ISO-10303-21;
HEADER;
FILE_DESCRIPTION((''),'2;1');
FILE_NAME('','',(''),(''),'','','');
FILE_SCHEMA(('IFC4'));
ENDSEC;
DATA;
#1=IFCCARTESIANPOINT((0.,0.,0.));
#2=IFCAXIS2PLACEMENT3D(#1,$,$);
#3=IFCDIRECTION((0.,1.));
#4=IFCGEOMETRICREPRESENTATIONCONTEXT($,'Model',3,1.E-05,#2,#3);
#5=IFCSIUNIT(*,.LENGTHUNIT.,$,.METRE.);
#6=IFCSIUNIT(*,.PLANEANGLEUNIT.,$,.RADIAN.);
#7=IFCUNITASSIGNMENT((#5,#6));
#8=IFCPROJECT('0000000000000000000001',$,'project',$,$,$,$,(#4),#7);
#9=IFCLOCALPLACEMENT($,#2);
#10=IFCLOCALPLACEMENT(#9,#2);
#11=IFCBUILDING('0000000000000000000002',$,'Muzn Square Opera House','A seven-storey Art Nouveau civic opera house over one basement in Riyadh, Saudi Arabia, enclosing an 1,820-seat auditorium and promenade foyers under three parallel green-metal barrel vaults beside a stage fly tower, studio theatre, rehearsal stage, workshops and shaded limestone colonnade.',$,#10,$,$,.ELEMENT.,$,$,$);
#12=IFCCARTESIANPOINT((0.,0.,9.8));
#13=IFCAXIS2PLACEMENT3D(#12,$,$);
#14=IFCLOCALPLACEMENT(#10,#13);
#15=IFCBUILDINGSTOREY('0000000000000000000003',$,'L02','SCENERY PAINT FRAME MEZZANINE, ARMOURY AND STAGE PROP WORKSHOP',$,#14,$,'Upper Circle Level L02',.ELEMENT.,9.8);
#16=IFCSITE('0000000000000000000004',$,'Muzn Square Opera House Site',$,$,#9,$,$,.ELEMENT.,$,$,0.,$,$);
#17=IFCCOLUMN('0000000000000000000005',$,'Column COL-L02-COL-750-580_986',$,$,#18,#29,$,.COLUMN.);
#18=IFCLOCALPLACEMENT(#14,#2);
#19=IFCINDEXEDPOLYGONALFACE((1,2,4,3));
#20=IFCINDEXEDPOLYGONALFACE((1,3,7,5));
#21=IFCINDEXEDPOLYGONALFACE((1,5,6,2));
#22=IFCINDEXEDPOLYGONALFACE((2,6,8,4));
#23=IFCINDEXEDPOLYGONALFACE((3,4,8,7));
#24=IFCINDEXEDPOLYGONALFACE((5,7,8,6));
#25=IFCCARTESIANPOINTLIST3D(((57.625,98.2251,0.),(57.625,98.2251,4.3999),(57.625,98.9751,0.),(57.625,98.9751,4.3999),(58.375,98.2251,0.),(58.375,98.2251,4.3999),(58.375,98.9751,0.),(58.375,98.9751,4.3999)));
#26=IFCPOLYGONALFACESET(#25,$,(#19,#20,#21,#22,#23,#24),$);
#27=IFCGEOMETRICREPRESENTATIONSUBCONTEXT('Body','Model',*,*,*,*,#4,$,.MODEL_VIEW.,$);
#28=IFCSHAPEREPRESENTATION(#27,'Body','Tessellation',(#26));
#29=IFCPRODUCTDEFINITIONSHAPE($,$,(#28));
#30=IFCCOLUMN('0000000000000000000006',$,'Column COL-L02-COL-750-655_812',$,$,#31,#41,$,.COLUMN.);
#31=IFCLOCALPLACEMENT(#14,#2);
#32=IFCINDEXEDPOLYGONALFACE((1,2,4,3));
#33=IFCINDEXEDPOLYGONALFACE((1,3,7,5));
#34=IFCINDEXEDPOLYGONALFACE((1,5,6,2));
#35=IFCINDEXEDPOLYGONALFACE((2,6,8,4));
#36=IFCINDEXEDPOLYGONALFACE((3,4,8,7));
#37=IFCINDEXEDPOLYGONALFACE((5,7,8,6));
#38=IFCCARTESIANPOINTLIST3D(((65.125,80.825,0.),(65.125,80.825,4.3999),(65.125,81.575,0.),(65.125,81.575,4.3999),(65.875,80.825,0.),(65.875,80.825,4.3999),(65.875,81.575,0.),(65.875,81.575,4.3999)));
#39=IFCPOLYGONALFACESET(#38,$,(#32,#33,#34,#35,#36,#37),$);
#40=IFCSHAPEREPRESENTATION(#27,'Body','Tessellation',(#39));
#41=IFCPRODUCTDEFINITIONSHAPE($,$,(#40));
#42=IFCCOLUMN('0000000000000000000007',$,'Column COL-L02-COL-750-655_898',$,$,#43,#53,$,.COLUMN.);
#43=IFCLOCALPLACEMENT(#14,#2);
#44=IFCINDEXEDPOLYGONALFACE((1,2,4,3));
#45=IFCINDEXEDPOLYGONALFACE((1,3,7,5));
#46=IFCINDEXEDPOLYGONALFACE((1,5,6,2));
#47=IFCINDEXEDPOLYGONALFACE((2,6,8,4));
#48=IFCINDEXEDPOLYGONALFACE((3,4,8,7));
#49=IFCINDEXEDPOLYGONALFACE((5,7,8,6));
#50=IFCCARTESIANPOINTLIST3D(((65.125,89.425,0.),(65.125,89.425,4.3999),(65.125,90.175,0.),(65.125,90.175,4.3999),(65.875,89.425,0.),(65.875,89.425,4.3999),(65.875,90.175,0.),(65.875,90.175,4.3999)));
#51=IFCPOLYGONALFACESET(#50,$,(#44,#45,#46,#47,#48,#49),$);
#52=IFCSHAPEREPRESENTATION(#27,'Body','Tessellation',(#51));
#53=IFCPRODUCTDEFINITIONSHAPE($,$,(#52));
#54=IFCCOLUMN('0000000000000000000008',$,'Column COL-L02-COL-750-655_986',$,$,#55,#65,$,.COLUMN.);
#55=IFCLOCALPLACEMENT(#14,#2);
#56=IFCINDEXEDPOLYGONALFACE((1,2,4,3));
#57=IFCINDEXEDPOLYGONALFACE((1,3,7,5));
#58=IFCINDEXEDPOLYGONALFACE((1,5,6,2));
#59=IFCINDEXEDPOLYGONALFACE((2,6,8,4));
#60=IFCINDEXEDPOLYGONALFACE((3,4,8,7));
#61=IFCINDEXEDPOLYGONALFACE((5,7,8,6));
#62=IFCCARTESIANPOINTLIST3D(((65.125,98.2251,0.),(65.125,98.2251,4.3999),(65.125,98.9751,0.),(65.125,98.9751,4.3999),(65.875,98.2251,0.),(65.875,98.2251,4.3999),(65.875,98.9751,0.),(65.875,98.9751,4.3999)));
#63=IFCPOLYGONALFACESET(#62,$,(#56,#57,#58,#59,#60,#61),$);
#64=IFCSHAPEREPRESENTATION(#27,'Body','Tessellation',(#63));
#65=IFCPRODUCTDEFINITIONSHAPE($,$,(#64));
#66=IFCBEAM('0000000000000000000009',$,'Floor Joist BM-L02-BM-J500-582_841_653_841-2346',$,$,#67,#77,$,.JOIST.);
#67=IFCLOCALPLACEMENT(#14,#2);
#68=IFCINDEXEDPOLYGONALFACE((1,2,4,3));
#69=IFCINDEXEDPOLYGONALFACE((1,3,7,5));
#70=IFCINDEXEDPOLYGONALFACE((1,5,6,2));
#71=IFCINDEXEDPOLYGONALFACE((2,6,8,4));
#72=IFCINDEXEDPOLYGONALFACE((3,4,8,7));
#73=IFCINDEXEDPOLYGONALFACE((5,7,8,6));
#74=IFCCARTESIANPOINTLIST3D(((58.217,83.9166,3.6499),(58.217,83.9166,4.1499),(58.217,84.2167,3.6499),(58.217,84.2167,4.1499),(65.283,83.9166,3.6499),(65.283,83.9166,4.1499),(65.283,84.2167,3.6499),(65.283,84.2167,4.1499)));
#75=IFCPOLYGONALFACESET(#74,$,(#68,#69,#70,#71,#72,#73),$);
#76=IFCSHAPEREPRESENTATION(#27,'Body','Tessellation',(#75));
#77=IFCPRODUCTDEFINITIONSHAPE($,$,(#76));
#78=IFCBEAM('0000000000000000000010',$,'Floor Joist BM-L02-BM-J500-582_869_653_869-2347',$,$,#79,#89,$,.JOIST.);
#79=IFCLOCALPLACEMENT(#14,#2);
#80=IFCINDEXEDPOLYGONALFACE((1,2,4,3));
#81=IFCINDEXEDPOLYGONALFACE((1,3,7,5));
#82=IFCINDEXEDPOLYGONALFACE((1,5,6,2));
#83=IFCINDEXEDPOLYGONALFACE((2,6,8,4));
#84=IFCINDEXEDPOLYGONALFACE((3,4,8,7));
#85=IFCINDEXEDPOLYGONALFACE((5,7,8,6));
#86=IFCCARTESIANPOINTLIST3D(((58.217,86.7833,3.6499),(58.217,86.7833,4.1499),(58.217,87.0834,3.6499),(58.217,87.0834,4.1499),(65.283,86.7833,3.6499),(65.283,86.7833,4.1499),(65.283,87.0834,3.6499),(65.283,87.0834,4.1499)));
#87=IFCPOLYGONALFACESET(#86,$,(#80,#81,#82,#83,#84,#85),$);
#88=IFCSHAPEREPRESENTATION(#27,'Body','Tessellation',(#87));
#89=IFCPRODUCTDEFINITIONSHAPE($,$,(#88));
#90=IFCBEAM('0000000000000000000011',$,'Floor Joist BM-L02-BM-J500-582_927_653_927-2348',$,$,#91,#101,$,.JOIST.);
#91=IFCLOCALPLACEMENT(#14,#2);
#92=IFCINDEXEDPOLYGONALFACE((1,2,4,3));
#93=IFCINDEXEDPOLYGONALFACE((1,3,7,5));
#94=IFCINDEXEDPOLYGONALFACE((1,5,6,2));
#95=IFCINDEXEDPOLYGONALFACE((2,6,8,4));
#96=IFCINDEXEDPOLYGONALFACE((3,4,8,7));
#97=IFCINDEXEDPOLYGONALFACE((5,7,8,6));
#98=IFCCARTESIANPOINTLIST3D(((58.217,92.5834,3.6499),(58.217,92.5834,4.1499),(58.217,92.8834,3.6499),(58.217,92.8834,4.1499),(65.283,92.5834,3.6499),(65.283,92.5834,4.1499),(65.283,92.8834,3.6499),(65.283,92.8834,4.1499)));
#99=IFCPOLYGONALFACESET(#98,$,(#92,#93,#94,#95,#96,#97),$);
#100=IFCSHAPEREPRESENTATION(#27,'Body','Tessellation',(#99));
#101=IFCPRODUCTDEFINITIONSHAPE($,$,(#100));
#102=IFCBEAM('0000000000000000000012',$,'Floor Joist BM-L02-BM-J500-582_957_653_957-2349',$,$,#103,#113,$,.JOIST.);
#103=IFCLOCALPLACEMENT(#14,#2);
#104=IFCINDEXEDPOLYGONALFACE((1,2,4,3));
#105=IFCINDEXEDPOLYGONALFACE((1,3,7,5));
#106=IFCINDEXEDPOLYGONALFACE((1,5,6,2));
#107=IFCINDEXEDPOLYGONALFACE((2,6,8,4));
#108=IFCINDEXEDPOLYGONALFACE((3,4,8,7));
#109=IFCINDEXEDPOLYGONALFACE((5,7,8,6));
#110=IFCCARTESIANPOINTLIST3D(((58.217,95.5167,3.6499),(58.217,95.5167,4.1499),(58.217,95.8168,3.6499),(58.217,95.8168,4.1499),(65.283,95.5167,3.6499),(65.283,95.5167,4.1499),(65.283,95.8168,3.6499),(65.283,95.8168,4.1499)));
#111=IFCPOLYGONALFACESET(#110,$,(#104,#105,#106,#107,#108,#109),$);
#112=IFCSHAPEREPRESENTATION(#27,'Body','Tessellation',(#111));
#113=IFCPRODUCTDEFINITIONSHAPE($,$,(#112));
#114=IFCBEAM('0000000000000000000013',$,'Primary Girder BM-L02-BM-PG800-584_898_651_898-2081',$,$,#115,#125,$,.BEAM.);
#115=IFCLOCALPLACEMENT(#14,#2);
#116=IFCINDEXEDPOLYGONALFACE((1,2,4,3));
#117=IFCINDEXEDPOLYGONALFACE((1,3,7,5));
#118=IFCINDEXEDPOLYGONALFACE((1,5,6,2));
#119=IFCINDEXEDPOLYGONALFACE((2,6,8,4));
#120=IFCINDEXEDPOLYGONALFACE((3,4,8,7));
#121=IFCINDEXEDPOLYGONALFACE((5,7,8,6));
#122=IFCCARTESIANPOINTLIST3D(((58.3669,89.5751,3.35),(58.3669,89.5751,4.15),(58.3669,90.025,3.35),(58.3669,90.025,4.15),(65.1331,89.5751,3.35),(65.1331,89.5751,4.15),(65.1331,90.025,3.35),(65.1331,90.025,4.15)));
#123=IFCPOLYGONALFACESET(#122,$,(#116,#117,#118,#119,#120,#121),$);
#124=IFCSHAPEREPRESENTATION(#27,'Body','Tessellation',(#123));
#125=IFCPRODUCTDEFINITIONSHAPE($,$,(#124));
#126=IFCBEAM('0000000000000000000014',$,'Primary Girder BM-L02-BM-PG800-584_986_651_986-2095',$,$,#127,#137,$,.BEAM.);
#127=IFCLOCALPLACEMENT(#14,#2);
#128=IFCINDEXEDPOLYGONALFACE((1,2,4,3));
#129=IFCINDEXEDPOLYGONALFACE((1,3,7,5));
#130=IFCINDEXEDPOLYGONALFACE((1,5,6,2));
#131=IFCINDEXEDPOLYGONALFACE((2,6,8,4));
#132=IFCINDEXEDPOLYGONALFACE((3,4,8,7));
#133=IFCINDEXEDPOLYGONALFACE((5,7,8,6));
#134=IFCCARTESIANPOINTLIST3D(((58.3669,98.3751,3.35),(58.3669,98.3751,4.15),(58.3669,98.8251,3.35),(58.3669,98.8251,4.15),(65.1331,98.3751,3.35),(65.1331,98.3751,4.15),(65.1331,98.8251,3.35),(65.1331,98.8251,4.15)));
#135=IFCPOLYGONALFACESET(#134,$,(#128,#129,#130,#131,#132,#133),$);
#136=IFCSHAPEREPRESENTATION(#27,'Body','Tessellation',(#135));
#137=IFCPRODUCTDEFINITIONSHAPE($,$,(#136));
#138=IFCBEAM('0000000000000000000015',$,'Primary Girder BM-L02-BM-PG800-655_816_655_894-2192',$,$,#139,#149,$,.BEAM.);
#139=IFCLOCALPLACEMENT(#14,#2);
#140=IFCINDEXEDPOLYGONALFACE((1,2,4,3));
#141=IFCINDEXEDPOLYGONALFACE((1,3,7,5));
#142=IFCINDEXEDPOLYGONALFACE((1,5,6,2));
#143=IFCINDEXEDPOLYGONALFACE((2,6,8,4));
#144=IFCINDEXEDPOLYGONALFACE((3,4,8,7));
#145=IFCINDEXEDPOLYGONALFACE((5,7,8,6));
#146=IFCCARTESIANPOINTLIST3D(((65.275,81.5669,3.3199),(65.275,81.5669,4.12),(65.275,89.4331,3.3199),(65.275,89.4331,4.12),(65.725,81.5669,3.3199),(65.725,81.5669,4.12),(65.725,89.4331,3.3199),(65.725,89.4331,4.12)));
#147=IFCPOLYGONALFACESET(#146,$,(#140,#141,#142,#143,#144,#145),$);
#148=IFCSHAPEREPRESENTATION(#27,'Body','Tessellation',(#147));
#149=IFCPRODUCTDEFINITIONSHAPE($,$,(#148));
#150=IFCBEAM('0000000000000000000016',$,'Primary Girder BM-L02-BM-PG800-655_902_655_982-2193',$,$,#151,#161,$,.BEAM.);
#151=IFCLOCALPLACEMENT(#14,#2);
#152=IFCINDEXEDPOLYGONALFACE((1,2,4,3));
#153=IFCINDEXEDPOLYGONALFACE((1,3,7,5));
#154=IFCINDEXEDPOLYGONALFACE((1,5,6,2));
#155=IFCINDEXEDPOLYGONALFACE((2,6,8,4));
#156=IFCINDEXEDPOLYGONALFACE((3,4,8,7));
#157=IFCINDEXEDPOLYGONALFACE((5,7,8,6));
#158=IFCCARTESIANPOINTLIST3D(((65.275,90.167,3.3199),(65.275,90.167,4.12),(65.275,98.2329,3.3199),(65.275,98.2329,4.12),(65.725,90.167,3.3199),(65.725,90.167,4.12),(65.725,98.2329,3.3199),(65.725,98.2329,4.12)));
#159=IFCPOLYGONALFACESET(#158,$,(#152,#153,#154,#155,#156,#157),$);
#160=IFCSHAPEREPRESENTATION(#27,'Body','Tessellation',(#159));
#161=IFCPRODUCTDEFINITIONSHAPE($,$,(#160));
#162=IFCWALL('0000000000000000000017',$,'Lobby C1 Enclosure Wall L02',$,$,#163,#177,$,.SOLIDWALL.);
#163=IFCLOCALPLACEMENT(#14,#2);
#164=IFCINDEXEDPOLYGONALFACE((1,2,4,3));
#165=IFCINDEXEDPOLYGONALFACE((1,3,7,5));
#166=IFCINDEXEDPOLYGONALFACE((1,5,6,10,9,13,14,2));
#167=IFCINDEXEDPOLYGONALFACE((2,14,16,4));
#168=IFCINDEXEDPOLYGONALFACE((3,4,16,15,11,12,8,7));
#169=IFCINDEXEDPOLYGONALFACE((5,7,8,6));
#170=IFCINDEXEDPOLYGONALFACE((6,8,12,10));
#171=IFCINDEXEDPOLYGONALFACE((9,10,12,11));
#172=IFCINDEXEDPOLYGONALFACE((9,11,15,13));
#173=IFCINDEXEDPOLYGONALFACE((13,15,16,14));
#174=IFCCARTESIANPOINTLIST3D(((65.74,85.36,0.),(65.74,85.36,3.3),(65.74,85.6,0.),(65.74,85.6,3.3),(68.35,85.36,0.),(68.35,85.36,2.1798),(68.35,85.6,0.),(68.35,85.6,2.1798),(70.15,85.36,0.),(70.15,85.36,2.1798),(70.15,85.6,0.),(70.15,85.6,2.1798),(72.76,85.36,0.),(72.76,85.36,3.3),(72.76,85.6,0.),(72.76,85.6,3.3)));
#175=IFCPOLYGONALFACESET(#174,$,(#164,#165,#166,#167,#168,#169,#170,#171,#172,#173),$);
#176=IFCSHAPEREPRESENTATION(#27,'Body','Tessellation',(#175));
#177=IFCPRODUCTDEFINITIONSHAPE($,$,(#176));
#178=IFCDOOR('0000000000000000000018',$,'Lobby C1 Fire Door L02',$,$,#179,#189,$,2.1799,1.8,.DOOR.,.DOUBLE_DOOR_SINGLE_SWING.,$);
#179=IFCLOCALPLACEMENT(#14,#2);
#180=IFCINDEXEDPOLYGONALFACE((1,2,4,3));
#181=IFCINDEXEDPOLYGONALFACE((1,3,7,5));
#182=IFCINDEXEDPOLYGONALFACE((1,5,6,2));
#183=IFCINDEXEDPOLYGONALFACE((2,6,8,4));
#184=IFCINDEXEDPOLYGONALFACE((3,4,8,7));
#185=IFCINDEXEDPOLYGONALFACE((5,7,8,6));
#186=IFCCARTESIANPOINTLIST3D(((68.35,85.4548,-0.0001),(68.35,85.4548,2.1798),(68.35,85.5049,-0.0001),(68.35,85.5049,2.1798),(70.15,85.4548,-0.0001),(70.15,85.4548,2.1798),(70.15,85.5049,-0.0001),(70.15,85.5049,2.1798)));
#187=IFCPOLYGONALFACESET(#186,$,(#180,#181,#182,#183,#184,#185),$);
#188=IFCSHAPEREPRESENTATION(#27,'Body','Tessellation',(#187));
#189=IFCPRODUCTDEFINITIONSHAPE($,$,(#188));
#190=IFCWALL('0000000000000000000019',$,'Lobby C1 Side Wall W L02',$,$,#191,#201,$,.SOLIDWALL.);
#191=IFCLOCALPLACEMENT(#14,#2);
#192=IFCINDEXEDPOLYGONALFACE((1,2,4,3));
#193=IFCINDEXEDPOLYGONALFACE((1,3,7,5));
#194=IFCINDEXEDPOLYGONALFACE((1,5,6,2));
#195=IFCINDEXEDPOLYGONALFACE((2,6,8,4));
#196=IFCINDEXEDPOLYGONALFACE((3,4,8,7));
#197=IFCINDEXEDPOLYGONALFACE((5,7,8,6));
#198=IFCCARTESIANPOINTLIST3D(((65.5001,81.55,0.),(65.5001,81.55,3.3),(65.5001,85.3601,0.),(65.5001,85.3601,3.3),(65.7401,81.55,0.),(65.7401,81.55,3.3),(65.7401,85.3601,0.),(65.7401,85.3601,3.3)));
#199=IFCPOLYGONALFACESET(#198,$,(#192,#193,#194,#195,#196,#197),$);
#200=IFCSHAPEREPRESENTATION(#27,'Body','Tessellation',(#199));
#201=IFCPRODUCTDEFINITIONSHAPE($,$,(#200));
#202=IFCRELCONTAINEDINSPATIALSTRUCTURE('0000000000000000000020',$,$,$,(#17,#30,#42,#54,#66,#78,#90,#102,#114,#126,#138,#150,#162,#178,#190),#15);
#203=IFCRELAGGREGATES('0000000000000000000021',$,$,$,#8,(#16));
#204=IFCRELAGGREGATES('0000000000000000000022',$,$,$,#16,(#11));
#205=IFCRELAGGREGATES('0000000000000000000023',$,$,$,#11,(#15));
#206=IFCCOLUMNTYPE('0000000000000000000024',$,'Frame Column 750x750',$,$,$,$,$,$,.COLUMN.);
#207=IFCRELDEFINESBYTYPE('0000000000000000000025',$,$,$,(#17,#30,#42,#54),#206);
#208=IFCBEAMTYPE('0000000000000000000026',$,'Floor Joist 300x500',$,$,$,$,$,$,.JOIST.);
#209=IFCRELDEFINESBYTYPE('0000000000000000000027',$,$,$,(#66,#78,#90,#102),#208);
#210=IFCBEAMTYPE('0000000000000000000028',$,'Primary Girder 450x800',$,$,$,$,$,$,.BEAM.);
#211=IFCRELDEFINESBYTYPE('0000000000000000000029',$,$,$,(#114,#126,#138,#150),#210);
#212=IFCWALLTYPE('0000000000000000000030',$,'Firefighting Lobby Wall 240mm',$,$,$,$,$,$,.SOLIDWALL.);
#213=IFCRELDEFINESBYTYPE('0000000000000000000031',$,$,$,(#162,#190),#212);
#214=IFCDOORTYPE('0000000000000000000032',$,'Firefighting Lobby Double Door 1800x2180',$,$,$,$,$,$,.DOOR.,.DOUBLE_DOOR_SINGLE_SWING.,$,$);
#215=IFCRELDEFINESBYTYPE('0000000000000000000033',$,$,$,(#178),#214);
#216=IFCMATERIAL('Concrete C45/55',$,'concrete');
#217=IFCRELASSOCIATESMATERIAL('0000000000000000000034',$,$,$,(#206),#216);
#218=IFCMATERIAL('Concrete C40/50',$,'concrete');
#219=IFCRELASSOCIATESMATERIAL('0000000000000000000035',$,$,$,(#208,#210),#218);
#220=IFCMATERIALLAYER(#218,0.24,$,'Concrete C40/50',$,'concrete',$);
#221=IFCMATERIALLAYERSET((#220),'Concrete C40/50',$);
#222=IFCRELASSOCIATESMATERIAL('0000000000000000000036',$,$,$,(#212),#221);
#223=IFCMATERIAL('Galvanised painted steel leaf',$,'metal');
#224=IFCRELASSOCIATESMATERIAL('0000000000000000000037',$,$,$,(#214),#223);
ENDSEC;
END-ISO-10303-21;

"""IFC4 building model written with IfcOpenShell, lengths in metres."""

from ifc_helpers import new_model, si_unit, direction, frame, frame_2d, origin, origin_2d, place, context, subcontext, project, spatial, rectangle, extrude, material, layer, layer_set, material_profile, profile_set, type_object, element, fill, save


model = new_model("IFC4")

# Units and contexts
model_context = context("Model", 3, precision=1e-05, world=origin(), true_north=direction((0.0, 1.0)))
body_context = subcontext(model_context, "Body", "Model", "MODEL_VIEW")
ifc_project = project(units=[si_unit("LENGTHUNIT", "METRE"), si_unit("PLANEANGLEUNIT", "RADIAN")], contexts=[model_context])

# Site, building, storey
site_placement = place(None, origin())
site = spatial("IfcSite", under=ifc_project, at=site_placement, Name="Muzn Square Opera House Site", CompositionType="ELEMENT", RefElevation=0.0)
building_placement = place(site_placement, origin())
building = spatial("IfcBuilding", under=site, at=building_placement, Name="Muzn Square Opera House", Description="A seven-storey Art Nouveau civic opera house over one basement in Riyadh, Saudi Arabia, enclosing an 1,820-seat auditorium and promenade foyers under three parallel green-metal barrel vaults beside a stage fly tower, studio theatre, rehearsal stage, workshops and shaded limestone colonnade.", CompositionType="ELEMENT")
storey_placement = place(building_placement, frame((0.0, 0.0, 9.8)))
storey = spatial("IfcBuildingStorey", under=building, at=storey_placement, Name="L02", Description="SCENERY PAINT FRAME MEZZANINE, ARMOURY AND STAGE PROP WORKSHOP", LongName="Upper Circle Level L02", CompositionType="ELEMENT", Elevation=9.8)

# Columns
ifc_material_1 = material(Name="Concrete C45/55", Category="concrete")
ifc_material_profile_1 = material_profile(ifc_material_1, rectangle(XDim=0.75, YDim=0.75, at=origin_2d()), Name="RC 750x750", Category="concrete")
ifc_profile_set_1 = profile_set([ifc_material_profile_1], Name="Concrete C45/55")
column_type = type_object("IfcColumnType", Name="Frame Column 750x750", PredefinedType="COLUMN", material=ifc_profile_set_1)
for number, where, z_axis, x_axis, name in (
    (1, (58.0, 98.6001, 0.0), (0.0, 0.0, 1.0), (1.0, 0.0, 0.0), "Column COL-L02-COL-750-580_986"),
    (2, (65.5, 81.2, 0.0), (0.0, 0.0, 1.0), (1.0, 0.0, 0.0), "Column COL-L02-COL-750-655_812"),
    (3, (65.5, 89.8, 0.0), (0.0, 0.0, 1.0), (1.0, 0.0, 0.0), "Column COL-L02-COL-750-655_898"),
    (4, (65.5, 98.6001, 0.0), (0.0, 0.0, 1.0), (1.0, 0.0, 0.0), "Column COL-L02-COL-750-655_986"),
):
    element("IfcColumn", number, at=place(storey_placement, frame(where, z_axis=z_axis, x_axis=x_axis)), inside=storey, type_object=column_type, Name=name, PredefinedType="COLUMN", context=body_context, shape_type="SweptSolid", body=[
        extrude(rectangle(XDim=0.75, YDim=0.75, at=origin_2d()), origin(), (0.0, 0.0, 1.0), 4.3999),
    ])

# Beams
ifc_material_2 = material(Name="Concrete C40/50", Category="concrete")
ifc_material_profile_2 = material_profile(ifc_material_2, rectangle(XDim=0.3, YDim=0.5, at=origin_2d()), Name="RCJ 300x500", Category="concrete")
ifc_profile_set_2 = profile_set([ifc_material_profile_2], Name="Concrete C40/50")
beam_type_1 = type_object("IfcBeamType", Name="Floor Joist 300x500", PredefinedType="JOIST", material=ifc_profile_set_2)
for number, where, z_axis, x_axis, name in (
    (5, (58.217, 84.0667, 3.8999), (1.0, 0.0, 0.0), (0.0, 1.0, 0.0), "Floor Joist BM-L02-BM-J500-582_841_653_841-2346"),
    (6, (58.217, 86.9333, 3.8999), (1.0, 0.0, 0.0), (0.0, 1.0, 0.0), "Floor Joist BM-L02-BM-J500-582_869_653_869-2347"),
    (7, (58.217, 92.7334, 3.8999), (1.0, 0.0, 0.0), (0.0, 1.0, 0.0), "Floor Joist BM-L02-BM-J500-582_927_653_927-2348"),
    (8, (58.217, 95.6667, 3.8999), (1.0, 0.0, 0.0), (0.0, 1.0, 0.0), "Floor Joist BM-L02-BM-J500-582_957_653_957-2349"),
):
    element("IfcBeam", number, at=place(storey_placement, frame(where, z_axis=z_axis, x_axis=x_axis)), inside=storey, type_object=beam_type_1, Name=name, PredefinedType="JOIST", context=body_context, shape_type="SweptSolid", body=[
        extrude(rectangle(XDim=0.3, YDim=0.5, at=origin_2d()), origin(), (0.0, 0.0, 1.0), 7.0659),
    ])
ifc_material_profile_3 = material_profile(ifc_material_2, rectangle(XDim=0.45, YDim=0.8, at=origin_2d()), Name="RCB 450x800", Category="concrete")
ifc_profile_set_3 = profile_set([ifc_material_profile_3], Name="Concrete C40/50")
beam_type_2 = type_object("IfcBeamType", Name="Primary Girder 450x800", PredefinedType="BEAM", material=ifc_profile_set_3)
for number, where, z_axis, x_axis, name in (
    (9, (58.3669, 89.8, 3.75), (1.0, 0.0, 0.0), (0.0, 1.0, 0.0), "Primary Girder BM-L02-BM-PG800-584_898_651_898-2081"),
    (10, (58.3669, 98.6001, 3.75), (1.0, 0.0, 0.0), (0.0, 1.0, 0.0), "Primary Girder BM-L02-BM-PG800-584_986_651_986-2095"),
):
    element("IfcBeam", number, at=place(storey_placement, frame(where, z_axis=z_axis, x_axis=x_axis)), inside=storey, type_object=beam_type_2, Name=name, PredefinedType="BEAM", context=body_context, shape_type="SweptSolid", body=[
        extrude(rectangle(XDim=0.45, YDim=0.8, at=origin_2d()), origin(), (0.0, 0.0, 1.0), 6.7661),
    ])
beam_1_placement = place(storey_placement, frame((65.5, 81.5669, 3.72), z_axis=(0.0, 1.0, 0.0), x_axis=(-1.0, 0.0, 0.0)))
element("IfcBeam", 11, at=beam_1_placement, inside=storey, type_object=beam_type_2, Name="Primary Girder BM-L02-BM-PG800-655_816_655_894-2192", PredefinedType="BEAM", context=body_context, shape_type="SweptSolid", body=[
    extrude(rectangle(XDim=0.45, YDim=0.8, at=origin_2d()), origin(), (0.0, 0.0, 1.0), 7.8662),
])
beam_2_placement = place(storey_placement, frame((65.5, 90.167, 3.72), z_axis=(0.0, 1.0, 0.0), x_axis=(-1.0, 0.0, 0.0)))
element("IfcBeam", 12, at=beam_2_placement, inside=storey, type_object=beam_type_2, Name="Primary Girder BM-L02-BM-PG800-655_902_655_982-2193", PredefinedType="BEAM", context=body_context, shape_type="SweptSolid", body=[
    extrude(rectangle(XDim=0.45, YDim=0.8, at=origin_2d()), origin(), (0.0, 0.0, 1.0), 8.0659),
])

# Shared definitions
ifc_material_3 = material(Name="Galvanised painted steel leaf", Category="metal")

# Wall, opening, door
ifc_layer_1 = layer(ifc_material_2, 0.24, Name="Concrete C40/50", Category="concrete")
ifc_layer_set_1 = layer_set([ifc_layer_1], Name="Concrete C40/50")
wall_type_1 = type_object("IfcWallType", Name="Firefighting Lobby Wall 240mm", PredefinedType="SOLIDWALL", material=ifc_layer_set_1)
wall_1_placement = place(storey_placement, frame((65.74, 85.48, 0.0), z_axis=(0.0, 0.0, 1.0), x_axis=(1.0, 0.0, 0.0)))
wall_1 = element("IfcWall", 13, at=wall_1_placement, inside=storey, type_object=wall_type_1, Name="Lobby C1 Enclosure Wall L02", PredefinedType="SOLIDWALL", context=body_context, shape_type="SweptSolid", body=[
    extrude(rectangle(XDim=7.02, YDim=0.24, at=frame_2d((3.51, 0.0))), origin(), (0.0, 0.0, 1.0), 3.3),
])
opening_1_placement = place(wall_1_placement, frame((2.6101, 0.0, 0.0)))
opening_1 = element("IfcOpeningElement", 14, at=opening_1_placement, cuts=wall_1, PredefinedType="OPENING", context=body_context, shape_type="SweptSolid", body=[
    extrude(rectangle(XDim=1.8, YDim=2.1799, at=frame_2d((0.8999, 1.0898))), frame((0.0, 0.1299, 0.0), z_axis=(0.0, -1.0, 0.0), x_axis=(1.0, 0.0, 0.0)), (0.0, 0.0, 1.0), 0.26),
])
door_type_1 = type_object("IfcDoorType", Name="Firefighting Lobby Double Door 1800x2180", OperationType="DOUBLE_DOOR_SINGLE_SWING", PredefinedType="DOOR", material=ifc_material_3)
door_1_placement = place(opening_1_placement, origin())
door_1 = element("IfcDoor", 15, at=door_1_placement, inside=storey, type_object=door_type_1, Name="Lobby C1 Fire Door L02", OperationType="DOUBLE_DOOR_SINGLE_SWING", OverallHeight=2.1799, OverallWidth=1.8, PredefinedType="DOOR", context=body_context, shape_type="SweptSolid", body=[
    extrude(rectangle(XDim=1.8, YDim=2.1799, at=frame_2d((0.8999, 1.0898))), frame((0.0, 0.0249, 0.0), z_axis=(0.0, -1.0, 0.0), x_axis=(1.0, 0.0, 0.0)), (0.0, 0.0, 1.0), 0.05),
])
fill(opening_1, door_1)

# Wall
wall_2_placement = place(storey_placement, frame((65.6201, 81.55, 0.0), z_axis=(0.0, 0.0, 1.0), x_axis=(0.0, 1.0, 0.0)))
element("IfcWall", 16, at=wall_2_placement, inside=storey, type_object=wall_type_1, Name="Lobby C1 Side Wall W L02", PredefinedType="SOLIDWALL", context=body_context, shape_type="SweptSolid", body=[
    extrude(rectangle(XDim=3.8101, YDim=0.24, at=frame_2d((1.905, 0.0))), origin(), (0.0, 0.0, 1.0), 3.3),
])

save(model, "model.ifc")
